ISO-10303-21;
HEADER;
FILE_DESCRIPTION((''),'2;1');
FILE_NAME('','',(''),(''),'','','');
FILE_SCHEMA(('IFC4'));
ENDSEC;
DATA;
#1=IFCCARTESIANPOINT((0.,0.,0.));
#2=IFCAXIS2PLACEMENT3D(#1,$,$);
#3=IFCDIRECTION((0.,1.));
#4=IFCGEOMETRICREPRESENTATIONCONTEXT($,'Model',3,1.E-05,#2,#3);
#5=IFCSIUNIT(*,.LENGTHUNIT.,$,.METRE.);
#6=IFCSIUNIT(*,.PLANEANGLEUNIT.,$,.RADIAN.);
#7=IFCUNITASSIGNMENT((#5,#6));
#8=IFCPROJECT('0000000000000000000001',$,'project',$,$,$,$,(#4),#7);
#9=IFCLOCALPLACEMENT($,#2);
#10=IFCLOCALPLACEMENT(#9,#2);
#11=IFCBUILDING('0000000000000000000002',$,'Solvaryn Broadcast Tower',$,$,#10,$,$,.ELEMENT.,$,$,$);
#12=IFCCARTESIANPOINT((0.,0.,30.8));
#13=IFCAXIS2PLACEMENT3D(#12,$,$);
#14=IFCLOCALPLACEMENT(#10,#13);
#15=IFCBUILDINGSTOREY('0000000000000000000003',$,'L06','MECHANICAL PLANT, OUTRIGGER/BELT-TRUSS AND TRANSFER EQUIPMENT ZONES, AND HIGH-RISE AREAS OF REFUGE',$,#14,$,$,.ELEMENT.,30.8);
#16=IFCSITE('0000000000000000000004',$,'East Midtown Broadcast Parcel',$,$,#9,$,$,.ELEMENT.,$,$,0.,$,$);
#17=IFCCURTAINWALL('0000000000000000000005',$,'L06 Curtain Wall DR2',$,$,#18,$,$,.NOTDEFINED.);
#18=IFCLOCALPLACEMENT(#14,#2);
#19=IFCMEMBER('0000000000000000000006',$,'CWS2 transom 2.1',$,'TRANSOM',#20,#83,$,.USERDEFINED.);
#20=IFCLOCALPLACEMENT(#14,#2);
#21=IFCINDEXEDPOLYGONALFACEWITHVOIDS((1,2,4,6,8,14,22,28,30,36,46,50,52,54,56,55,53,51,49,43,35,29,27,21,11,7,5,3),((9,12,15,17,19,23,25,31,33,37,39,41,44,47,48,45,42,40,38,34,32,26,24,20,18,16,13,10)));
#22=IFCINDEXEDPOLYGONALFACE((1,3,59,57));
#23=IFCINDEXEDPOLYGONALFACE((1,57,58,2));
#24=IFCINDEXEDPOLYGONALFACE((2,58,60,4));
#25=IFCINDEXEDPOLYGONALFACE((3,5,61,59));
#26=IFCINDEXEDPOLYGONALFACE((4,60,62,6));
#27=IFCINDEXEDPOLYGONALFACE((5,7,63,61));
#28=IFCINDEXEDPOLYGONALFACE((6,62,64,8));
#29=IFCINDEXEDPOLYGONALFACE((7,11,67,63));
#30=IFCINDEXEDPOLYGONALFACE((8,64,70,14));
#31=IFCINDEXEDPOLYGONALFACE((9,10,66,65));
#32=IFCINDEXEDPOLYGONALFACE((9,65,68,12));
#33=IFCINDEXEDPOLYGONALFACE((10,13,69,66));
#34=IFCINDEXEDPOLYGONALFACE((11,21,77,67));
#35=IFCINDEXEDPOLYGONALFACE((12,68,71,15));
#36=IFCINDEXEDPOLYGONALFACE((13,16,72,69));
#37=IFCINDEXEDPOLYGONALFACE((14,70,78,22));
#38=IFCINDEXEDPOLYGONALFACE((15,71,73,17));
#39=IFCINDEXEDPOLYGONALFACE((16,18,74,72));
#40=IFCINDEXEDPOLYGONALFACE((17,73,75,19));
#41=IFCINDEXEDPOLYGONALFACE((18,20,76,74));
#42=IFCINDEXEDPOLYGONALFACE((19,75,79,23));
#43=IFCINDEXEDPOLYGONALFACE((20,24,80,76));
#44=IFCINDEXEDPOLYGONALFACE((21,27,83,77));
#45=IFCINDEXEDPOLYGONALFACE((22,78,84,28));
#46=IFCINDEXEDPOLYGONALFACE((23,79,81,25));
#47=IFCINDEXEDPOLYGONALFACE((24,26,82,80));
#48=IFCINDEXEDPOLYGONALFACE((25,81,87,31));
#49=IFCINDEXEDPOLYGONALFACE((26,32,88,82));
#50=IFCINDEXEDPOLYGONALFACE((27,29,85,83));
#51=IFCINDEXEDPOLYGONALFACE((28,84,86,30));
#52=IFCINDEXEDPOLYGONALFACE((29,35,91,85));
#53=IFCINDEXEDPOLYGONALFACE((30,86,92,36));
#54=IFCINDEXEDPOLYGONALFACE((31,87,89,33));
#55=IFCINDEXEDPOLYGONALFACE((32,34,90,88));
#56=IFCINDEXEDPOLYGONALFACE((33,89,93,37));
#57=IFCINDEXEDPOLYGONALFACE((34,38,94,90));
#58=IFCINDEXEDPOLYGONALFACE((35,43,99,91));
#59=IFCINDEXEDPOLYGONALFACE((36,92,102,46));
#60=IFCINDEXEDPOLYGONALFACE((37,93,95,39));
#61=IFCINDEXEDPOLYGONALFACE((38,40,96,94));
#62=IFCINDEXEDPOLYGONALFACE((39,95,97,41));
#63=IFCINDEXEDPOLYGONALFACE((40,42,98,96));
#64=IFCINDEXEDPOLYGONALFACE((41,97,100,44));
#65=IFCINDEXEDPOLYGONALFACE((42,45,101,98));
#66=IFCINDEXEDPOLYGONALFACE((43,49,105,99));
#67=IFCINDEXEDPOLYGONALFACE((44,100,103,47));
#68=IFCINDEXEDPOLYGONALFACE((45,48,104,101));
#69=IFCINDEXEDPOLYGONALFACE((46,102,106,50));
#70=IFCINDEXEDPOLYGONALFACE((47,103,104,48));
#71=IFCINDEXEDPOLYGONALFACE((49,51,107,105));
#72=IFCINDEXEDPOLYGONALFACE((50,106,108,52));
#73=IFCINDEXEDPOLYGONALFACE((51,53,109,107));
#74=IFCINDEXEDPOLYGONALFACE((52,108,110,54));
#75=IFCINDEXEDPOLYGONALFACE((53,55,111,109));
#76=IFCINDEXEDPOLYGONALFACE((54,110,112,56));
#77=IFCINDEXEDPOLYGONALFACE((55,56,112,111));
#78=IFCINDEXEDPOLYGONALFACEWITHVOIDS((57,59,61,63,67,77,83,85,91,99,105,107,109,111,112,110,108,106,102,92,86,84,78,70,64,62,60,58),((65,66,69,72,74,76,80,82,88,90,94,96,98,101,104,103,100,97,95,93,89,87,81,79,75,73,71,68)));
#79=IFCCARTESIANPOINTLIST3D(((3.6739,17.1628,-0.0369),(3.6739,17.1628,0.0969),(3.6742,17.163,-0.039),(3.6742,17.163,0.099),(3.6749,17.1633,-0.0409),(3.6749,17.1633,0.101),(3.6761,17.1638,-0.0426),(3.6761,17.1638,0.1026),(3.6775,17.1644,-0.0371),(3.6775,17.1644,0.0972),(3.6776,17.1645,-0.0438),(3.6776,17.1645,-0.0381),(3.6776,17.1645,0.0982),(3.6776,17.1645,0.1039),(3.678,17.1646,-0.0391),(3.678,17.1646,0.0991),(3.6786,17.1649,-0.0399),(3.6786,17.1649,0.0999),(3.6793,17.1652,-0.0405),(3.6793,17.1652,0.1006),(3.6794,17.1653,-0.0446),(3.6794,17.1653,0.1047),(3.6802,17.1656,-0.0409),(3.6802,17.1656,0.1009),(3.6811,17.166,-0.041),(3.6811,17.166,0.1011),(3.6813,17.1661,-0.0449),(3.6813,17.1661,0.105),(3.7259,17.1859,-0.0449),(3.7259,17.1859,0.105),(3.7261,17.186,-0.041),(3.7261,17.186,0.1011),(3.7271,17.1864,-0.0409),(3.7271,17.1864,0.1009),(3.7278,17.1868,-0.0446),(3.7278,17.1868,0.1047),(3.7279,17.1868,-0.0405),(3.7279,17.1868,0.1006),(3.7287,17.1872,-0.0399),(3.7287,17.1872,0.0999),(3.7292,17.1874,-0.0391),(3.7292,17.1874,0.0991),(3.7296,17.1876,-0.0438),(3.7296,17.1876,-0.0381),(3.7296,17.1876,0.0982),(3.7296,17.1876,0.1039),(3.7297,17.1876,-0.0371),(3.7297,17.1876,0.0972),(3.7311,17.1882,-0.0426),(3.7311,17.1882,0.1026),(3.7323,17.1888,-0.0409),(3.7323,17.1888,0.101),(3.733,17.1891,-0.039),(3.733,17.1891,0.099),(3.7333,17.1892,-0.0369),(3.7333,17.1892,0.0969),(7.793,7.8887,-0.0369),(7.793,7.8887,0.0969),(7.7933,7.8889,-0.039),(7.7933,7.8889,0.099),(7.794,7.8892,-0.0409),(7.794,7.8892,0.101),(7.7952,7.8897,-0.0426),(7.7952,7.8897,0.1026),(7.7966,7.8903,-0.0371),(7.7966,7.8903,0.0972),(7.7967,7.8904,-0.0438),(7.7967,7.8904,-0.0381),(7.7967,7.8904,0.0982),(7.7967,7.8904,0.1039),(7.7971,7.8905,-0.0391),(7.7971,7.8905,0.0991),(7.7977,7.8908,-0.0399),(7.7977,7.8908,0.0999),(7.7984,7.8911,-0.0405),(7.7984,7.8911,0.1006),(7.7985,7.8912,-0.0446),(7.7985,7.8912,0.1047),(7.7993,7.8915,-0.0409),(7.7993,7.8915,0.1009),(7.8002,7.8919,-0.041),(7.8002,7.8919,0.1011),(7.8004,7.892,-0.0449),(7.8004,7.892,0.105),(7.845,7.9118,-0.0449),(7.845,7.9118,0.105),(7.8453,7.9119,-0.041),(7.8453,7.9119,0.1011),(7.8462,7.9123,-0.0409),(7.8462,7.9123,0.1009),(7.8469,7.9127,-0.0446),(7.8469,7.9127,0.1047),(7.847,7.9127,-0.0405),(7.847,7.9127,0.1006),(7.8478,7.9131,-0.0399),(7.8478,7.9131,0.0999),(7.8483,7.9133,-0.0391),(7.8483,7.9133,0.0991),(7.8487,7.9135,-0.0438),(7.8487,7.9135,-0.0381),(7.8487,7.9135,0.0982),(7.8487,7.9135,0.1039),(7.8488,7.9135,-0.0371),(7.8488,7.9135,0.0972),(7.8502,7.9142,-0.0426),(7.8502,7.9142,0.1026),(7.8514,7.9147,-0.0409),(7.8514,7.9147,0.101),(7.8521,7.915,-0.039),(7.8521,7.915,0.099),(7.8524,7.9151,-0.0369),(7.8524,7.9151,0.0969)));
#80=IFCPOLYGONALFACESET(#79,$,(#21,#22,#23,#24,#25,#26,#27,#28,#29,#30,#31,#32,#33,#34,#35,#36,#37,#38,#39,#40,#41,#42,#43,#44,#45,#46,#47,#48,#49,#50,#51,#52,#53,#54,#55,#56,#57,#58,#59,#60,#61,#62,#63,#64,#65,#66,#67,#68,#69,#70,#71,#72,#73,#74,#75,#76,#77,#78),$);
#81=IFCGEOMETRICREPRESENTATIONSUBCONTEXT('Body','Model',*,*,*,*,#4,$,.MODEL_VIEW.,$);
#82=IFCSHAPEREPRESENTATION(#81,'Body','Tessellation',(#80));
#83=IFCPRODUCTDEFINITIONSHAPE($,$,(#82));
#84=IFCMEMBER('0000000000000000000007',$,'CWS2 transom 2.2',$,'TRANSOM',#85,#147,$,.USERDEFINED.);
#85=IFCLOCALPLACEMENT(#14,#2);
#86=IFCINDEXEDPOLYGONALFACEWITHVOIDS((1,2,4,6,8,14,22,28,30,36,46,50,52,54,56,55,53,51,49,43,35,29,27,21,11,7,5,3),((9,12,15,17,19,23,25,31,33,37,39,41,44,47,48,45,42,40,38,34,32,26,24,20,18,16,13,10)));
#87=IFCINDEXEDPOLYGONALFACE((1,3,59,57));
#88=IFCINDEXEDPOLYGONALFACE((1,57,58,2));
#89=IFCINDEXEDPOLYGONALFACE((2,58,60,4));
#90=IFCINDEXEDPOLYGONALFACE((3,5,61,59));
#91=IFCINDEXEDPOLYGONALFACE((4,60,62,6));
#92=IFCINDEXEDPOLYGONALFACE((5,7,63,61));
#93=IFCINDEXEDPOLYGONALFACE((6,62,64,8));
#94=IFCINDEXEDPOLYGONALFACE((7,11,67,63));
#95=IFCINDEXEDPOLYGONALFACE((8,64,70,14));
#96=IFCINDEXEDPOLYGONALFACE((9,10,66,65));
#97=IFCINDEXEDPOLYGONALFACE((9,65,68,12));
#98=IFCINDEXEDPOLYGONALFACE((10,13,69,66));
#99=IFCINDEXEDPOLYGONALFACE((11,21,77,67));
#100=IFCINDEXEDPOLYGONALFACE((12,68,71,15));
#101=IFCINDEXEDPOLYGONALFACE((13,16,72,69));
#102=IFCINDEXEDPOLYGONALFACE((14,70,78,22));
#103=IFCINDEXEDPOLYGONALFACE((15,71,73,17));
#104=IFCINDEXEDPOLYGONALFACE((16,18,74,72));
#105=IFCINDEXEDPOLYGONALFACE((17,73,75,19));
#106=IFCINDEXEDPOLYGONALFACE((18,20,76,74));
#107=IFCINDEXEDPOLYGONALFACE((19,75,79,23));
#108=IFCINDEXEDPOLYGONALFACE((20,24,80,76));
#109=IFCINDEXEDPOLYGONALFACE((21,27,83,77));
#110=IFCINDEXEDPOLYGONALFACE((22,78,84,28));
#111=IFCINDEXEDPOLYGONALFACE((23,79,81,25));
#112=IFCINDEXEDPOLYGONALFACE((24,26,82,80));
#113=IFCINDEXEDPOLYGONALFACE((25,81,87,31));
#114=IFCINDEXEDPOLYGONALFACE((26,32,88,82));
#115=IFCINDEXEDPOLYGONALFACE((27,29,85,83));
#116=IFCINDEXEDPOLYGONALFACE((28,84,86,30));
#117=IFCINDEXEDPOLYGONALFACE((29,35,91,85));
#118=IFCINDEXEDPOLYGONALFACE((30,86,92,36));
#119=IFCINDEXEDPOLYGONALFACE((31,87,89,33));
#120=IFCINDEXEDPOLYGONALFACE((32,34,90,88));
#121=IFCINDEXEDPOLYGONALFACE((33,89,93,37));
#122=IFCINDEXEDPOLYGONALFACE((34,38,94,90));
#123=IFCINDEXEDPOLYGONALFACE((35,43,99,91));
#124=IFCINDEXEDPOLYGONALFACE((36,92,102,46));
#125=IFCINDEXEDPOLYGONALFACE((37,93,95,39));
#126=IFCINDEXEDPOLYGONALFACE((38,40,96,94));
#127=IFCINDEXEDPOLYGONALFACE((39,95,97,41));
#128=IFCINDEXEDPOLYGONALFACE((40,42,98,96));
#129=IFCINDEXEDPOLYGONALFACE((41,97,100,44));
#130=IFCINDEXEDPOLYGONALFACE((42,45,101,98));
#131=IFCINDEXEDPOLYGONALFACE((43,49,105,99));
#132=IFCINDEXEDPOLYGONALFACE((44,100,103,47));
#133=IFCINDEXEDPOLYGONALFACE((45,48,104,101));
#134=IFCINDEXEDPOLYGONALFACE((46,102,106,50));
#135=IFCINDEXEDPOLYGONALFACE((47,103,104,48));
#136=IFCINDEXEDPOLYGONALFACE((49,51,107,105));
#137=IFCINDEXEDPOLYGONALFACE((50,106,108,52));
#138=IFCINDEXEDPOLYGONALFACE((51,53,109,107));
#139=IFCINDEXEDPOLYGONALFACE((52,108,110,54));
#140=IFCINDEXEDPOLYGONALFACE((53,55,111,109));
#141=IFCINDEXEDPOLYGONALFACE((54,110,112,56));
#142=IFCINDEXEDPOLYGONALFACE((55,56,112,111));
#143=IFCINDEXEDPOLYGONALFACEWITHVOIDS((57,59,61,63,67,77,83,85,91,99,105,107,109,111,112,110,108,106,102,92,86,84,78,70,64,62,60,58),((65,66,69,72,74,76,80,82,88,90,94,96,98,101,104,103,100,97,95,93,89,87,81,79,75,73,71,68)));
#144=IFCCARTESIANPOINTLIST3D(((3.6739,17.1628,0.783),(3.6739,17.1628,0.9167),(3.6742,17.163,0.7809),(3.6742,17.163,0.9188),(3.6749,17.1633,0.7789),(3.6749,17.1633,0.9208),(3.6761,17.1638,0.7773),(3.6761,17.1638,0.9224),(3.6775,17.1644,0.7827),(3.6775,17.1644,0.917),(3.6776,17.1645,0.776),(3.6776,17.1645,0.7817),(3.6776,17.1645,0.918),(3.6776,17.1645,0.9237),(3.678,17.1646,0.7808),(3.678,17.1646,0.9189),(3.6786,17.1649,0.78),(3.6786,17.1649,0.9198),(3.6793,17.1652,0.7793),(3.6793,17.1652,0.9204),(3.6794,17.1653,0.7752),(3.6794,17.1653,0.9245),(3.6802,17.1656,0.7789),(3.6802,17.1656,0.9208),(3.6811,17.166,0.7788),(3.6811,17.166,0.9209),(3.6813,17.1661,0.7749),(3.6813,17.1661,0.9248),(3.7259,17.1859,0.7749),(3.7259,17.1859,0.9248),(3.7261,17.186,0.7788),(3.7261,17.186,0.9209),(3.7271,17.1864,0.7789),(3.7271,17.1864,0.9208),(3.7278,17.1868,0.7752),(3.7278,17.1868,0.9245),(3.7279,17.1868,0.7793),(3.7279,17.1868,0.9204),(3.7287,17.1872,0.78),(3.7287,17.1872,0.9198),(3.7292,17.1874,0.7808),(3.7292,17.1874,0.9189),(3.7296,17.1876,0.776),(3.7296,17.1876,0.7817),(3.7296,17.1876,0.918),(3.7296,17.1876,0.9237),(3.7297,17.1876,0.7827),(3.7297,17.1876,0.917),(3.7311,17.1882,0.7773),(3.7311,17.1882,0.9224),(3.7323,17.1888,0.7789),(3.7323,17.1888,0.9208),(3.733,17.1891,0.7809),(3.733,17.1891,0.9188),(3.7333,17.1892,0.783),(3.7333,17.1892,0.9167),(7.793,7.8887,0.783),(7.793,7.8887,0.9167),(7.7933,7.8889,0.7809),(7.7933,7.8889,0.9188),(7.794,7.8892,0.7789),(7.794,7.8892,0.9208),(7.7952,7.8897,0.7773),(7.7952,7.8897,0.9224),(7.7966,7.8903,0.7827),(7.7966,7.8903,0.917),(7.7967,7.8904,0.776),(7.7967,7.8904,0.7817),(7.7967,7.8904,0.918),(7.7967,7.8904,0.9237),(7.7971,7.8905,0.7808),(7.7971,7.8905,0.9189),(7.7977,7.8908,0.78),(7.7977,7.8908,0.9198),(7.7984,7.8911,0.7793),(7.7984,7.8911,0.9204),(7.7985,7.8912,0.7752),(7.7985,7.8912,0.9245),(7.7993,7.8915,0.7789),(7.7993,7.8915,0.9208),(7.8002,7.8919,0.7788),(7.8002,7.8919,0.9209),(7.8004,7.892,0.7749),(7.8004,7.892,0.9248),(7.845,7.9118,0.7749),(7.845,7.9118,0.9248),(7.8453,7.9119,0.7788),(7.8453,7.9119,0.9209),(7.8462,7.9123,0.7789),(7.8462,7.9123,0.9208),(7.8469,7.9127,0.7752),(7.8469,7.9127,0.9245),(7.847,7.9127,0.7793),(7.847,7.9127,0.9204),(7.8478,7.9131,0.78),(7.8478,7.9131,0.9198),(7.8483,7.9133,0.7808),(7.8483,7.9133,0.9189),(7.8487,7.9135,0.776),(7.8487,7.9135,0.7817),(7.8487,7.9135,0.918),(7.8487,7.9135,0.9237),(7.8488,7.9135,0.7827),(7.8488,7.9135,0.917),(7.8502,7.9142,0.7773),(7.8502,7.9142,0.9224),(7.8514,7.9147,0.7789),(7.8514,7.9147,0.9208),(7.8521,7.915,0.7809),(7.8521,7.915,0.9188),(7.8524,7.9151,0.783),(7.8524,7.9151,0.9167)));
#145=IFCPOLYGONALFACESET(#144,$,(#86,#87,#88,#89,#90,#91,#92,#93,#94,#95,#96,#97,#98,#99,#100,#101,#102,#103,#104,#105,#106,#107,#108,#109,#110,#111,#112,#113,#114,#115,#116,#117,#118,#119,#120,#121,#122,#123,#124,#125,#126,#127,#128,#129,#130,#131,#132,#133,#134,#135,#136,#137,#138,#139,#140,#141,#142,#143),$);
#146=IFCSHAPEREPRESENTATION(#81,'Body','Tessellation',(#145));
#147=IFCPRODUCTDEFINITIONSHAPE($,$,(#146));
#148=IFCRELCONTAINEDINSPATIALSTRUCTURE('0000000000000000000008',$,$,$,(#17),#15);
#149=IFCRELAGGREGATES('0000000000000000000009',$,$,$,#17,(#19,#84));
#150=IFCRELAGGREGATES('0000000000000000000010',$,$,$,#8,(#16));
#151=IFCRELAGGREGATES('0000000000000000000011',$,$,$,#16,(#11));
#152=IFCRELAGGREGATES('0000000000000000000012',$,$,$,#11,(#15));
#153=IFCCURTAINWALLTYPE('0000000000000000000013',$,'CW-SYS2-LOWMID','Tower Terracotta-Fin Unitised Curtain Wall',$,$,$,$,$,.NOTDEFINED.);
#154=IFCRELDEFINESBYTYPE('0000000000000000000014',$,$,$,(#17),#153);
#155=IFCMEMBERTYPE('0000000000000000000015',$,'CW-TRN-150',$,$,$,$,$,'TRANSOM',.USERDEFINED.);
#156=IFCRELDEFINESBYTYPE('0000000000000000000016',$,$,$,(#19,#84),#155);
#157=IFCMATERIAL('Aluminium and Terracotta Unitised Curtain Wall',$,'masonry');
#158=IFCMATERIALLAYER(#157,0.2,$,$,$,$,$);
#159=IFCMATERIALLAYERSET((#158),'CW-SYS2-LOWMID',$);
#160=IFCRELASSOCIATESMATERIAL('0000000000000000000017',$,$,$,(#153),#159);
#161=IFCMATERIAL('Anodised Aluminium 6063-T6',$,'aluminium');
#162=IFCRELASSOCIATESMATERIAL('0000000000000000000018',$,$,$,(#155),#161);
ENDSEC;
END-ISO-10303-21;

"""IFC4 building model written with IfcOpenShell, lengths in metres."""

from ifc_helpers import new_model, si_unit, direction, frame, origin, origin_2d, place, context, subcontext, project, spatial, hollow_rectangle, extrude, material, layer, layer_set, material_profile, profile_set, type_object, element, aggregate, save


model = new_model("IFC4")

# Units and contexts
model_context = context("Model", 3, precision=1e-05, world=origin(), true_north=direction((0.0, 1.0)))
body_context = subcontext(model_context, "Body", "Model", "MODEL_VIEW")
ifc_project = project(units=[si_unit("LENGTHUNIT", "METRE"), si_unit("PLANEANGLEUNIT", "RADIAN")], contexts=[model_context])

# Site, building, storey
site_placement = place(None, origin())
site = spatial("IfcSite", under=ifc_project, at=site_placement, Name="East Midtown Broadcast Parcel", CompositionType="ELEMENT", RefElevation=0.0)
building_placement = place(site_placement, origin())
building = spatial("IfcBuilding", under=site, at=building_placement, Name="Solvaryn Broadcast Tower", CompositionType="ELEMENT")
storey_placement = place(building_placement, frame((0.0, 0.0, 30.8)))
storey = spatial("IfcBuildingStorey", under=building, at=storey_placement, Name="L06", Description="MECHANICAL PLANT, OUTRIGGER/BELT-TRUSS AND TRANSFER EQUIPMENT ZONES, AND HIGH-RISE AREAS OF REFUGE", CompositionType="ELEMENT", Elevation=30.8)

# Curtain wall
ifc_material_1 = material(Name="Aluminium and Terracotta Unitised Curtain Wall", Category="masonry")
ifc_layer_1 = layer(ifc_material_1, 0.2)
ifc_layer_set_1 = layer_set([ifc_layer_1], Name="CW-SYS2-LOWMID")
curtain_wall_type = type_object("IfcCurtainWallType", Name="CW-SYS2-LOWMID", Description="Tower Terracotta-Fin Unitised Curtain Wall", PredefinedType="NOTDEFINED", material=ifc_layer_set_1)
curtain_wall_1_placement = place(storey_placement, origin())
curtain_wall_1 = element("IfcCurtainWall", 1, at=curtain_wall_1_placement, inside=storey, type_object=curtain_wall_type, Name="L06 Curtain Wall DR2", PredefinedType="NOTDEFINED")

# Members
ifc_material_2 = material(Name="Anodised Aluminium 6063-T6", Category="aluminium")
ifc_material_profile_1 = material_profile(ifc_material_2, hollow_rectangle(XDim=0.0649, YDim=0.1499, WallThickness=0.0039, InnerFilletRadius=0.0039, OuterFilletRadius=0.0081, at=origin_2d()))
ifc_profile_set_1 = profile_set([ifc_material_profile_1], Name="Anodised Aluminium 6063-T6")
member_type_1 = type_object("IfcMemberType", Name="CW-TRN-150", ElementType="TRANSOM", PredefinedType="USERDEFINED", material=ifc_profile_set_1)
member_1_placement = place(storey_placement, frame((3.7036, 17.176, 0.03), z_axis=(0.405915, -0.913911, 0.0), x_axis=(0.913911, 0.405915, 0.0)))
member_1 = element("IfcMember", 2, at=member_1_placement, type_object=member_type_1, Name="CWS2 transom 2.1", ObjectType="TRANSOM", PredefinedType="USERDEFINED", context=body_context, shape_type="SweptSolid", body=[
    extrude(hollow_rectangle(XDim=0.0649, YDim=0.1499, WallThickness=0.0039, InnerFilletRadius=0.0039, OuterFilletRadius=0.0081, at=origin_2d()), origin(), (0.0, 0.0, 1.0), 10.1477),
])
member_2_placement = place(storey_placement, frame((3.7036, 17.176, 0.8499), z_axis=(0.405915, -0.913911, 0.0), x_axis=(0.913911, 0.405915, 0.0)))
member_2 = element("IfcMember", 3, at=member_2_placement, type_object=member_type_1, Name="CWS2 transom 2.2", ObjectType="TRANSOM", PredefinedType="USERDEFINED", context=body_context, shape_type="SweptSolid", body=[
    extrude(hollow_rectangle(XDim=0.0649, YDim=0.1499, WallThickness=0.0039, InnerFilletRadius=0.0039, OuterFilletRadius=0.0081, at=origin_2d()), origin(), (0.0, 0.0, 1.0), 10.1477),
])

aggregate(curtain_wall_1, [member_1, member_2])

save(model, "model.ifc")
